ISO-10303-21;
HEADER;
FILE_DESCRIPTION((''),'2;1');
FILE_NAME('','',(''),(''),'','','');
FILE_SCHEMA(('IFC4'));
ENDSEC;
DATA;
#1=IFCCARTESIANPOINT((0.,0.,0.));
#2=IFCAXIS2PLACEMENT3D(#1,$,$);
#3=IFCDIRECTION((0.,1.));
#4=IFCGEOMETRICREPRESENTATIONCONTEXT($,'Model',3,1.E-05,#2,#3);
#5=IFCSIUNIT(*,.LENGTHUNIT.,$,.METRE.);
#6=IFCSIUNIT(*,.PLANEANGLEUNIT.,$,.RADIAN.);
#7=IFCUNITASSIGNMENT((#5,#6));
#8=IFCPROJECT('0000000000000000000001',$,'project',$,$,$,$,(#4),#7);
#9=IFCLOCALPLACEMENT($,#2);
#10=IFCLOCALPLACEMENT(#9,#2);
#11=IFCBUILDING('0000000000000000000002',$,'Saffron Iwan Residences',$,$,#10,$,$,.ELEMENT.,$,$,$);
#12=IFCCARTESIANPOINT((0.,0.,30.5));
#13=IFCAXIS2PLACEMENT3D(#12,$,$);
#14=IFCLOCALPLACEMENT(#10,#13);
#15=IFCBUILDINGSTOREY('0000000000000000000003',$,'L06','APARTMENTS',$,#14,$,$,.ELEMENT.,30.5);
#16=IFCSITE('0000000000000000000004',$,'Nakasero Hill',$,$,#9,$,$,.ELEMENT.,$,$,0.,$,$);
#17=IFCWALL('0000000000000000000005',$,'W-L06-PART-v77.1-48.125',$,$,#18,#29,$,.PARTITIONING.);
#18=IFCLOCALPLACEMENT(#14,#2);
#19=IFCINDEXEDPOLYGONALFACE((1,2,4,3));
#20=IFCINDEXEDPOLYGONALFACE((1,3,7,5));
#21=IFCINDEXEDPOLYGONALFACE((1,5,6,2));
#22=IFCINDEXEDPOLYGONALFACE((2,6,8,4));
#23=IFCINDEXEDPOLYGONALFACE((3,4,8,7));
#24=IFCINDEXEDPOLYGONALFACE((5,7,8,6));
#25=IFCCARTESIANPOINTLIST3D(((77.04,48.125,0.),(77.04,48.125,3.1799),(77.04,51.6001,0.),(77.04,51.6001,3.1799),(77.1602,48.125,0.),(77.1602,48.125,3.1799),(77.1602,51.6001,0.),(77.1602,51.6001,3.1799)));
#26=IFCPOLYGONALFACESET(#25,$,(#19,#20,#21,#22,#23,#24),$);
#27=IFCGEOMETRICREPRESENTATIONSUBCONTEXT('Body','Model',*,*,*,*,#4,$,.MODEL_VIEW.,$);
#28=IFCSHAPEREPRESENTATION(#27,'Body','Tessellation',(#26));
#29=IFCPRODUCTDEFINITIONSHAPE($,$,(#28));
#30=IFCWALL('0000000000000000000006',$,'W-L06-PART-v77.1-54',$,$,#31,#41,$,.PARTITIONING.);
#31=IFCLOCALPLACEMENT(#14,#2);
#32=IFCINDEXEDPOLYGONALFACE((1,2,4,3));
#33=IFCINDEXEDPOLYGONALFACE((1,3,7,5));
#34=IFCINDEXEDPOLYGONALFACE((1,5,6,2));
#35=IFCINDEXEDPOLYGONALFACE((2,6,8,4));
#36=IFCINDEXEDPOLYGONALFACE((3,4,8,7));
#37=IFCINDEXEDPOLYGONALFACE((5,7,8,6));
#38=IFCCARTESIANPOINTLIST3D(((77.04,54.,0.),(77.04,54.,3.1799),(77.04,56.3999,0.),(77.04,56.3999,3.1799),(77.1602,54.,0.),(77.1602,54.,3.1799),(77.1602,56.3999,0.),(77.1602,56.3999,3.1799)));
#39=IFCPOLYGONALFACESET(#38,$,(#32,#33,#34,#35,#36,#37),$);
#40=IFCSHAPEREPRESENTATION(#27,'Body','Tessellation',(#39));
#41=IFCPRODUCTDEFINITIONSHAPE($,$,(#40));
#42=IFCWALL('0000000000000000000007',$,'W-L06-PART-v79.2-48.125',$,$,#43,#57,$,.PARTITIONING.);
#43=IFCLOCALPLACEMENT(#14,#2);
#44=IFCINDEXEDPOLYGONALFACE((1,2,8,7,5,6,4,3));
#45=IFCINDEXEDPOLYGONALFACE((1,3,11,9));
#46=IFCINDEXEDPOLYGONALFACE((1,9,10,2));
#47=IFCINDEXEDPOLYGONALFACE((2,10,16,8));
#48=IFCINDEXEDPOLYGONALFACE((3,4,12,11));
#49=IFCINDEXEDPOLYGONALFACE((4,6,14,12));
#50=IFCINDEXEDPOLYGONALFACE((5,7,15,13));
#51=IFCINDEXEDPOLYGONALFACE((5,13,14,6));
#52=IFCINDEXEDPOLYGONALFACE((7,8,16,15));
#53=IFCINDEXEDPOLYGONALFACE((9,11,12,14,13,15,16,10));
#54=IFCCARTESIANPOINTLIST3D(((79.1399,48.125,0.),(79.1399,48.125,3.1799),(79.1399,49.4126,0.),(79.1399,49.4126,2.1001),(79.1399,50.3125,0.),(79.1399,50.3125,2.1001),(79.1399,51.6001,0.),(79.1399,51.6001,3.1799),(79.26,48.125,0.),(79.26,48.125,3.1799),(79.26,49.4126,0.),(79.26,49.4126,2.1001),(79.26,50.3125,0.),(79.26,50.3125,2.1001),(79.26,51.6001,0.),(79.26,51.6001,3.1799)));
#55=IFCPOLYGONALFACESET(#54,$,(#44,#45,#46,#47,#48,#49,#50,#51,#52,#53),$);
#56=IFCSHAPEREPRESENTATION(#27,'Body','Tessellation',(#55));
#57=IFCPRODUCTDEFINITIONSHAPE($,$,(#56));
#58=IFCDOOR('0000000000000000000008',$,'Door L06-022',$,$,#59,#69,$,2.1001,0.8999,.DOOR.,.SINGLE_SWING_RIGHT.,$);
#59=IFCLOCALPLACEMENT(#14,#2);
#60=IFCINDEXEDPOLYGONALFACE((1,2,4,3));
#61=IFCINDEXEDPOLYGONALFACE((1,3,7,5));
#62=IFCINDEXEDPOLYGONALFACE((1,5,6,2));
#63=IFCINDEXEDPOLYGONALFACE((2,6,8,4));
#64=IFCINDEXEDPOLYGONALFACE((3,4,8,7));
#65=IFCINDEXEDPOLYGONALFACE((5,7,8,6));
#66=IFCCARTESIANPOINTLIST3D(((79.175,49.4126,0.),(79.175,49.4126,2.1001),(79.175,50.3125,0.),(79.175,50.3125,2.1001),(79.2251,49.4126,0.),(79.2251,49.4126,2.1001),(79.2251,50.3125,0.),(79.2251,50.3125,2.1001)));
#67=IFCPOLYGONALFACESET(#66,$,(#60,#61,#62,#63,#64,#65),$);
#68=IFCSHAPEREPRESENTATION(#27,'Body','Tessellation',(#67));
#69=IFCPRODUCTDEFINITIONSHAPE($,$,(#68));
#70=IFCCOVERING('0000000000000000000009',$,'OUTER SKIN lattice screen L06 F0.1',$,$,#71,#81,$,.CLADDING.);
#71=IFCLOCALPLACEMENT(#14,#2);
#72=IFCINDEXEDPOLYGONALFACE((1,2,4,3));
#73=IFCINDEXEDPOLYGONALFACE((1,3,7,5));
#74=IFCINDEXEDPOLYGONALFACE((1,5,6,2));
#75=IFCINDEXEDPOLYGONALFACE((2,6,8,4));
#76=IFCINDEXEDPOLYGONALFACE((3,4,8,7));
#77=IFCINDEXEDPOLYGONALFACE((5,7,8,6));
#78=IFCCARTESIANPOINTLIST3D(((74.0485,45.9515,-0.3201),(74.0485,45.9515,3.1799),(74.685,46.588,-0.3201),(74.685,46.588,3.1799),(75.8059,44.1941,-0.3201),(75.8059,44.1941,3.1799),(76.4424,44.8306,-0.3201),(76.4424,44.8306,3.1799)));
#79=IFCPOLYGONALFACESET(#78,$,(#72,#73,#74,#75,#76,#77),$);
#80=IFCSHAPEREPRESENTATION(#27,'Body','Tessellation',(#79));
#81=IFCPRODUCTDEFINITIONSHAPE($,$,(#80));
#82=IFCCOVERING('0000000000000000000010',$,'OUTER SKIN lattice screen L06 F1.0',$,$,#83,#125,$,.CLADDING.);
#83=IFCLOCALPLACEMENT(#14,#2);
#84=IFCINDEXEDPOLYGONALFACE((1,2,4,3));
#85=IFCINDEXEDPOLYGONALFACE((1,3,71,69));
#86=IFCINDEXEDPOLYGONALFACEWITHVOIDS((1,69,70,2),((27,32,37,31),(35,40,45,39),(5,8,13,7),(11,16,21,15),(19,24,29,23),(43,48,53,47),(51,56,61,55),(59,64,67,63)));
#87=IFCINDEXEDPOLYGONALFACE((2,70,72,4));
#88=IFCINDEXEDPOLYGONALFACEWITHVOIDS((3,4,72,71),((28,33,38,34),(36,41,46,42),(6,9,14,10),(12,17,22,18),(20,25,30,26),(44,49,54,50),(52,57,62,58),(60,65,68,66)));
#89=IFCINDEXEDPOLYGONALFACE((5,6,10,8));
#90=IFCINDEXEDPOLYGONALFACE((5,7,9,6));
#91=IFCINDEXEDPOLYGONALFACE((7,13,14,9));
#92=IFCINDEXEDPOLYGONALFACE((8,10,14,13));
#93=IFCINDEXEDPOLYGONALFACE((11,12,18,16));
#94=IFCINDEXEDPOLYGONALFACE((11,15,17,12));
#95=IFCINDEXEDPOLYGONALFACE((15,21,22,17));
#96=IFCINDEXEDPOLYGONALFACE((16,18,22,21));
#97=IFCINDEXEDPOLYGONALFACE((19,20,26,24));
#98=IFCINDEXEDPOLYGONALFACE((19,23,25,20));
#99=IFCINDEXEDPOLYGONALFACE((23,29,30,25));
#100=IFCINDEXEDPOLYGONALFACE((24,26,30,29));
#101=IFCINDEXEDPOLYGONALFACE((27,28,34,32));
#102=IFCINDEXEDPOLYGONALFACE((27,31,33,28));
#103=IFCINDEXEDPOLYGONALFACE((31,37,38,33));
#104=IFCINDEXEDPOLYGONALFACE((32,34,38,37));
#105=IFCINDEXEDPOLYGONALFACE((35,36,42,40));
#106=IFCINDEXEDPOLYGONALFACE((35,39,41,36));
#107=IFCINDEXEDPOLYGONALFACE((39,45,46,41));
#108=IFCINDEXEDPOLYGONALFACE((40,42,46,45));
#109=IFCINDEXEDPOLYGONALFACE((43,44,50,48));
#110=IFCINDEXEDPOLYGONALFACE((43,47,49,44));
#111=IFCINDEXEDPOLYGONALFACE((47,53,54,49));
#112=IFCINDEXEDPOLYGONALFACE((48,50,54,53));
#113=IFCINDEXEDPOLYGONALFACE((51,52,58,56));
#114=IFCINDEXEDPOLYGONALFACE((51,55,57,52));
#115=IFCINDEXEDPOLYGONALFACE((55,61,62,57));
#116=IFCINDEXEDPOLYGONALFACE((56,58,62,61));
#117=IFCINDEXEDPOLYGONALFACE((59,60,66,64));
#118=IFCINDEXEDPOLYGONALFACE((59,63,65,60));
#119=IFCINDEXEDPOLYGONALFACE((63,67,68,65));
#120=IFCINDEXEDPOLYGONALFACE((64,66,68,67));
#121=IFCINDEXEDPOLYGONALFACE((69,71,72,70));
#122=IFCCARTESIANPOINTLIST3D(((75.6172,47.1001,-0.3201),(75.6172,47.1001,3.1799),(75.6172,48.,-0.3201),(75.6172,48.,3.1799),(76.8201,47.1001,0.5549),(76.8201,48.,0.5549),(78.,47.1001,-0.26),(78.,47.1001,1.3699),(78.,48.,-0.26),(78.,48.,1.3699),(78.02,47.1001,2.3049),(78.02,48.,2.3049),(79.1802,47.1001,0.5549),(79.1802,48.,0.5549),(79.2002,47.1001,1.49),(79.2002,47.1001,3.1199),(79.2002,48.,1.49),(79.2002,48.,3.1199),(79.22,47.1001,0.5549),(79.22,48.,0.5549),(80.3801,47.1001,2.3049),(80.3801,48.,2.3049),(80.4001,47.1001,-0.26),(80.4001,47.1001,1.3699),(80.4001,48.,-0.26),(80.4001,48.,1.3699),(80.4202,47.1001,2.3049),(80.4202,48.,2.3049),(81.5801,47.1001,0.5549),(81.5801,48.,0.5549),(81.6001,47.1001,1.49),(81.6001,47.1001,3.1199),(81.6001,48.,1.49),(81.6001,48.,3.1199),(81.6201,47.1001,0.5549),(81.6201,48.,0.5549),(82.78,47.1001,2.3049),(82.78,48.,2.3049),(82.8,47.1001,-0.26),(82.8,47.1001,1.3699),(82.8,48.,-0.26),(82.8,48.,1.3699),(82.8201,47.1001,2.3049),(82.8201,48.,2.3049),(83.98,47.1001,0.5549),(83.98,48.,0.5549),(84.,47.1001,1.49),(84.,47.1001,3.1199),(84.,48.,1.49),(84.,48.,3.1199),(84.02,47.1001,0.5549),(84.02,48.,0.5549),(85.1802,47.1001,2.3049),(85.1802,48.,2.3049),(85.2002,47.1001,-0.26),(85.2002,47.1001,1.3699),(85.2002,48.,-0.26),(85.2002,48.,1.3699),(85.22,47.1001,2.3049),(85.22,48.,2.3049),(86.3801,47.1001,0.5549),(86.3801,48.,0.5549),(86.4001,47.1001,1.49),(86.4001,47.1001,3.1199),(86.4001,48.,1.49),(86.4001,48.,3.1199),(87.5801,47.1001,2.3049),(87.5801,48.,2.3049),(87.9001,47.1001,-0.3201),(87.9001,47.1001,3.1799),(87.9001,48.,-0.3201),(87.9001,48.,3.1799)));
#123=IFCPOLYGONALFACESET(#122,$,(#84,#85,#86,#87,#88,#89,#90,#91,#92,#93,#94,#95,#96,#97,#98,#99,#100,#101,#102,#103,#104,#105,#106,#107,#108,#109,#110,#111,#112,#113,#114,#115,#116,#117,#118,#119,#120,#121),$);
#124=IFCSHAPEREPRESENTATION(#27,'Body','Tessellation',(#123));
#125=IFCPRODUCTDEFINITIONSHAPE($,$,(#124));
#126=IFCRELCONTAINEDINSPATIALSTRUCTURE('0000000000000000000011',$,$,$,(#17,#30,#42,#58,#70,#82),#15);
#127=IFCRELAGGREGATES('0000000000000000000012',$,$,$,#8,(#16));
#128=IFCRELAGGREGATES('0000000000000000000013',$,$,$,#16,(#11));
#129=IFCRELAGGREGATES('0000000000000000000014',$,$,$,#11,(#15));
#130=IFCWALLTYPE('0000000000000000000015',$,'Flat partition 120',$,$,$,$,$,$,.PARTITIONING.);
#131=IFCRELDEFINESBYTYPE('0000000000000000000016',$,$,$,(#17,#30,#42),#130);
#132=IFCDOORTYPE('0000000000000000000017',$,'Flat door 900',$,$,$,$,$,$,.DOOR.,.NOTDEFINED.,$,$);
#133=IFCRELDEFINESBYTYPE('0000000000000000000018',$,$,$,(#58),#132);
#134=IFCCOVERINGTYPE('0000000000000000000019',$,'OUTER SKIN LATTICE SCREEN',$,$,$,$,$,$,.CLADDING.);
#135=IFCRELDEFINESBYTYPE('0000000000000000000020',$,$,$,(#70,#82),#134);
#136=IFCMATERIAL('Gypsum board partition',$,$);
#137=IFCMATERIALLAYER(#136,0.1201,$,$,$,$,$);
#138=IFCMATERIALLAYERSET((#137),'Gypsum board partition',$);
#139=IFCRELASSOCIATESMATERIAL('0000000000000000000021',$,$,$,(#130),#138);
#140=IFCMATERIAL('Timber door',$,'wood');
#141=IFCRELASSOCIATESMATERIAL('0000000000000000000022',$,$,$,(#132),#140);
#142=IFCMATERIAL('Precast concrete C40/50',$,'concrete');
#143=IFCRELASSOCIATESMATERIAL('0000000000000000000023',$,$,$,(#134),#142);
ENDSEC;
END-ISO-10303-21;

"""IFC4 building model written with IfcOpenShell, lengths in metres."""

from ifc_helpers import new_model, si_unit, direction, frame, frame_2d, origin, place, context, subcontext, project, spatial, polyline, rectangle, outline, extrude, material, layer, layer_set, type_object, element, fill, save


model = new_model("IFC4")

# Units and contexts
model_context = context("Model", 3, precision=1e-05, world=origin(), true_north=direction((0.0, 1.0)))
body_context = subcontext(model_context, "Body", "Model", "MODEL_VIEW")
ifc_project = project(units=[si_unit("LENGTHUNIT", "METRE"), si_unit("PLANEANGLEUNIT", "RADIAN")], contexts=[model_context])

# Site, building, storey
site_placement = place(None, origin())
site = spatial("IfcSite", under=ifc_project, at=site_placement, Name="Nakasero Hill", CompositionType="ELEMENT", RefElevation=0.0)
building_placement = place(site_placement, origin())
building = spatial("IfcBuilding", under=site, at=building_placement, Name="Saffron Iwan Residences", CompositionType="ELEMENT")
storey_placement = place(building_placement, frame((0.0, 0.0, 30.5)))
storey = spatial("IfcBuildingStorey", under=building, at=storey_placement, Name="L06", Description="APARTMENTS", CompositionType="ELEMENT", Elevation=30.5)

# Shared definitions
ifc_material_1 = material(Name="Gypsum board partition")
ifc_layer_1 = layer(ifc_material_1, 0.1201)
ifc_layer_set_1 = layer_set([ifc_layer_1], Name="Gypsum board partition")
wall_type_1 = type_object("IfcWallType", Name="Flat partition 120", PredefinedType="PARTITIONING", material=ifc_layer_set_1)
ifc_material_2 = material(Name="Timber door", Category="wood")
door_type_1 = type_object("IfcDoorType", Name="Flat door 900", OperationType="NOTDEFINED", PredefinedType="DOOR", material=ifc_material_2)

# Walls
for number, where, z_axis, x_axis, name in (
    (1, (77.1001, 48.125, 0.0), (0.0, 0.0, 1.0), (0.0, 1.0, 0.0), "W-L06-PART-v77.1-48.125"),
):
    element("IfcWall", number, at=place(storey_placement, frame(where, z_axis=z_axis, x_axis=x_axis)), inside=storey, type_object=wall_type_1, Name=name, PredefinedType="PARTITIONING", context=body_context, shape_type="SweptSolid", body=[
        extrude(rectangle(XDim=3.4751, YDim=0.1201, at=frame_2d((1.7375, 0.0))), origin(), (0.0, 0.0, 1.0), 3.1799),
    ])
wall_1_placement = place(storey_placement, frame((77.1001, 54.0, 0.0), z_axis=(0.0, 0.0, 1.0), x_axis=(0.0, 1.0, 0.0)))
element("IfcWall", 2, at=wall_1_placement, inside=storey, type_object=wall_type_1, Name="W-L06-PART-v77.1-54", PredefinedType="PARTITIONING", context=body_context, shape_type="SweptSolid", body=[
    extrude(rectangle(XDim=2.3999, YDim=0.1201, at=frame_2d((1.2, 0.0))), origin(), (0.0, 0.0, 1.0), 3.1799),
])

# Wall, opening, door
wall_2_placement = place(storey_placement, frame((79.2, 48.125, 0.0), z_axis=(0.0, 0.0, 1.0), x_axis=(0.0, 1.0, 0.0)))
wall_2 = element("IfcWall", 3, at=wall_2_placement, inside=storey, type_object=wall_type_1, Name="W-L06-PART-v79.2-48.125", PredefinedType="PARTITIONING", context=body_context, shape_type="SweptSolid", body=[
    extrude(rectangle(XDim=3.4751, YDim=0.1201, at=frame_2d((1.7375, 0.0))), origin(), (0.0, 0.0, 1.0), 3.1799),
])
opening_1_placement = place(wall_2_placement, frame((1.2876, 0.0, 0.0)))
opening_1 = element("IfcOpeningElement", 4, at=opening_1_placement, cuts=wall_2, PredefinedType="OPENING", context=body_context, shape_type="SweptSolid", body=[
    extrude(rectangle(XDim=0.8999, YDim=2.1001, at=frame_2d((0.45, 1.05))), frame((0.0, 0.0701, 0.0), z_axis=(0.0, -1.0, 0.0), x_axis=(1.0, 0.0, 0.0)), (0.0, 0.0, 1.0), 0.1401),
])
door_1_placement = place(opening_1_placement, origin())
door_1 = element("IfcDoor", 5, at=door_1_placement, inside=storey, type_object=door_type_1, Name="Door L06-022", OperationType="SINGLE_SWING_RIGHT", OverallHeight=2.1001, OverallWidth=0.8999, PredefinedType="DOOR", context=body_context, shape_type="SweptSolid", body=[
    extrude(rectangle(XDim=0.8999, YDim=2.1001, at=frame_2d((0.45, 1.05))), frame((0.0, 0.0249, 0.0), z_axis=(0.0, -1.0, 0.0), x_axis=(1.0, 0.0, 0.0)), (0.0, 0.0, 1.0), 0.05),
])
fill(opening_1, door_1)

# Coverings
ifc_material_3 = material(Name="Precast concrete C40/50", Category="concrete")
covering_type = type_object("IfcCoveringType", Name="OUTER SKIN LATTICE SCREEN", PredefinedType="CLADDING", material=ifc_material_3)
covering_1_placement = place(storey_placement, frame((75.8059, 44.1941, -0.3201), z_axis=(0.707107, 0.707107, 0.0), x_axis=(-0.707107, 0.707107, 0.0)))
element("IfcCovering", 6, at=covering_1_placement, inside=storey, type_object=covering_type, Name="OUTER SKIN lattice screen L06 F0.1", PredefinedType="CLADDING", context=body_context, shape_type="SweptSolid", body=[
    extrude(outline(polyline([(0.0, 0.0), (2.4854, 0.0), (2.4854, 3.5), (0.0, 3.5), (0.0, 0.0)])), origin(), (0.0, 0.0, 1.0), 0.9001),
])
covering_2_placement = place(storey_placement, frame((75.6172, 48.0, -0.3201), z_axis=(0.0, -1.0, 0.0), x_axis=(1.0, 0.0, 0.0)))
element("IfcCovering", 7, at=covering_2_placement, inside=storey, type_object=covering_type, Name="OUTER SKIN lattice screen L06 F1.0", PredefinedType="CLADDING", context=body_context, shape_type="SweptSolid", body=[
    extrude(outline(polyline([(0.0, 0.0), (12.283, 0.0), (12.283, 3.5), (0.0, 3.5), (0.0, 0.0)]), holes=[polyline([(1.2029, 0.875), (2.3828, 0.0601), (3.563, 0.875), (2.3828, 1.6899), (1.2029, 0.875)]), polyline([(3.6028, 0.875), (4.783, 0.0601), (5.9629, 0.875), (4.783, 1.6899), (3.6028, 0.875)]), polyline([(6.0029, 0.875), (7.1829, 0.0601), (8.3628, 0.875), (7.1829, 1.6899), (6.0029, 0.875)]), polyline([(8.4028, 0.875), (9.583, 0.0601), (10.7629, 0.875), (9.583, 1.6899), (8.4028, 0.875)]), polyline([(2.4028, 2.625), (3.583, 1.8101), (4.7629, 2.625), (3.583, 3.4399), (2.4028, 2.625)]), polyline([(4.803, 2.625), (5.9829, 1.8101), (7.1628, 2.625), (5.9829, 3.4399), (4.803, 2.625)]), polyline([(7.2029, 2.625), (8.3828, 1.8101), (9.563, 2.625), (8.3828, 3.4399), (7.2029, 2.625)]), polyline([(9.6028, 2.625), (10.783, 1.8101), (11.9629, 2.625), (10.783, 3.4399), (9.6028, 2.625)])]), origin(), (0.0, 0.0, 1.0), 0.8999),
])

save(model, "model.ifc")
